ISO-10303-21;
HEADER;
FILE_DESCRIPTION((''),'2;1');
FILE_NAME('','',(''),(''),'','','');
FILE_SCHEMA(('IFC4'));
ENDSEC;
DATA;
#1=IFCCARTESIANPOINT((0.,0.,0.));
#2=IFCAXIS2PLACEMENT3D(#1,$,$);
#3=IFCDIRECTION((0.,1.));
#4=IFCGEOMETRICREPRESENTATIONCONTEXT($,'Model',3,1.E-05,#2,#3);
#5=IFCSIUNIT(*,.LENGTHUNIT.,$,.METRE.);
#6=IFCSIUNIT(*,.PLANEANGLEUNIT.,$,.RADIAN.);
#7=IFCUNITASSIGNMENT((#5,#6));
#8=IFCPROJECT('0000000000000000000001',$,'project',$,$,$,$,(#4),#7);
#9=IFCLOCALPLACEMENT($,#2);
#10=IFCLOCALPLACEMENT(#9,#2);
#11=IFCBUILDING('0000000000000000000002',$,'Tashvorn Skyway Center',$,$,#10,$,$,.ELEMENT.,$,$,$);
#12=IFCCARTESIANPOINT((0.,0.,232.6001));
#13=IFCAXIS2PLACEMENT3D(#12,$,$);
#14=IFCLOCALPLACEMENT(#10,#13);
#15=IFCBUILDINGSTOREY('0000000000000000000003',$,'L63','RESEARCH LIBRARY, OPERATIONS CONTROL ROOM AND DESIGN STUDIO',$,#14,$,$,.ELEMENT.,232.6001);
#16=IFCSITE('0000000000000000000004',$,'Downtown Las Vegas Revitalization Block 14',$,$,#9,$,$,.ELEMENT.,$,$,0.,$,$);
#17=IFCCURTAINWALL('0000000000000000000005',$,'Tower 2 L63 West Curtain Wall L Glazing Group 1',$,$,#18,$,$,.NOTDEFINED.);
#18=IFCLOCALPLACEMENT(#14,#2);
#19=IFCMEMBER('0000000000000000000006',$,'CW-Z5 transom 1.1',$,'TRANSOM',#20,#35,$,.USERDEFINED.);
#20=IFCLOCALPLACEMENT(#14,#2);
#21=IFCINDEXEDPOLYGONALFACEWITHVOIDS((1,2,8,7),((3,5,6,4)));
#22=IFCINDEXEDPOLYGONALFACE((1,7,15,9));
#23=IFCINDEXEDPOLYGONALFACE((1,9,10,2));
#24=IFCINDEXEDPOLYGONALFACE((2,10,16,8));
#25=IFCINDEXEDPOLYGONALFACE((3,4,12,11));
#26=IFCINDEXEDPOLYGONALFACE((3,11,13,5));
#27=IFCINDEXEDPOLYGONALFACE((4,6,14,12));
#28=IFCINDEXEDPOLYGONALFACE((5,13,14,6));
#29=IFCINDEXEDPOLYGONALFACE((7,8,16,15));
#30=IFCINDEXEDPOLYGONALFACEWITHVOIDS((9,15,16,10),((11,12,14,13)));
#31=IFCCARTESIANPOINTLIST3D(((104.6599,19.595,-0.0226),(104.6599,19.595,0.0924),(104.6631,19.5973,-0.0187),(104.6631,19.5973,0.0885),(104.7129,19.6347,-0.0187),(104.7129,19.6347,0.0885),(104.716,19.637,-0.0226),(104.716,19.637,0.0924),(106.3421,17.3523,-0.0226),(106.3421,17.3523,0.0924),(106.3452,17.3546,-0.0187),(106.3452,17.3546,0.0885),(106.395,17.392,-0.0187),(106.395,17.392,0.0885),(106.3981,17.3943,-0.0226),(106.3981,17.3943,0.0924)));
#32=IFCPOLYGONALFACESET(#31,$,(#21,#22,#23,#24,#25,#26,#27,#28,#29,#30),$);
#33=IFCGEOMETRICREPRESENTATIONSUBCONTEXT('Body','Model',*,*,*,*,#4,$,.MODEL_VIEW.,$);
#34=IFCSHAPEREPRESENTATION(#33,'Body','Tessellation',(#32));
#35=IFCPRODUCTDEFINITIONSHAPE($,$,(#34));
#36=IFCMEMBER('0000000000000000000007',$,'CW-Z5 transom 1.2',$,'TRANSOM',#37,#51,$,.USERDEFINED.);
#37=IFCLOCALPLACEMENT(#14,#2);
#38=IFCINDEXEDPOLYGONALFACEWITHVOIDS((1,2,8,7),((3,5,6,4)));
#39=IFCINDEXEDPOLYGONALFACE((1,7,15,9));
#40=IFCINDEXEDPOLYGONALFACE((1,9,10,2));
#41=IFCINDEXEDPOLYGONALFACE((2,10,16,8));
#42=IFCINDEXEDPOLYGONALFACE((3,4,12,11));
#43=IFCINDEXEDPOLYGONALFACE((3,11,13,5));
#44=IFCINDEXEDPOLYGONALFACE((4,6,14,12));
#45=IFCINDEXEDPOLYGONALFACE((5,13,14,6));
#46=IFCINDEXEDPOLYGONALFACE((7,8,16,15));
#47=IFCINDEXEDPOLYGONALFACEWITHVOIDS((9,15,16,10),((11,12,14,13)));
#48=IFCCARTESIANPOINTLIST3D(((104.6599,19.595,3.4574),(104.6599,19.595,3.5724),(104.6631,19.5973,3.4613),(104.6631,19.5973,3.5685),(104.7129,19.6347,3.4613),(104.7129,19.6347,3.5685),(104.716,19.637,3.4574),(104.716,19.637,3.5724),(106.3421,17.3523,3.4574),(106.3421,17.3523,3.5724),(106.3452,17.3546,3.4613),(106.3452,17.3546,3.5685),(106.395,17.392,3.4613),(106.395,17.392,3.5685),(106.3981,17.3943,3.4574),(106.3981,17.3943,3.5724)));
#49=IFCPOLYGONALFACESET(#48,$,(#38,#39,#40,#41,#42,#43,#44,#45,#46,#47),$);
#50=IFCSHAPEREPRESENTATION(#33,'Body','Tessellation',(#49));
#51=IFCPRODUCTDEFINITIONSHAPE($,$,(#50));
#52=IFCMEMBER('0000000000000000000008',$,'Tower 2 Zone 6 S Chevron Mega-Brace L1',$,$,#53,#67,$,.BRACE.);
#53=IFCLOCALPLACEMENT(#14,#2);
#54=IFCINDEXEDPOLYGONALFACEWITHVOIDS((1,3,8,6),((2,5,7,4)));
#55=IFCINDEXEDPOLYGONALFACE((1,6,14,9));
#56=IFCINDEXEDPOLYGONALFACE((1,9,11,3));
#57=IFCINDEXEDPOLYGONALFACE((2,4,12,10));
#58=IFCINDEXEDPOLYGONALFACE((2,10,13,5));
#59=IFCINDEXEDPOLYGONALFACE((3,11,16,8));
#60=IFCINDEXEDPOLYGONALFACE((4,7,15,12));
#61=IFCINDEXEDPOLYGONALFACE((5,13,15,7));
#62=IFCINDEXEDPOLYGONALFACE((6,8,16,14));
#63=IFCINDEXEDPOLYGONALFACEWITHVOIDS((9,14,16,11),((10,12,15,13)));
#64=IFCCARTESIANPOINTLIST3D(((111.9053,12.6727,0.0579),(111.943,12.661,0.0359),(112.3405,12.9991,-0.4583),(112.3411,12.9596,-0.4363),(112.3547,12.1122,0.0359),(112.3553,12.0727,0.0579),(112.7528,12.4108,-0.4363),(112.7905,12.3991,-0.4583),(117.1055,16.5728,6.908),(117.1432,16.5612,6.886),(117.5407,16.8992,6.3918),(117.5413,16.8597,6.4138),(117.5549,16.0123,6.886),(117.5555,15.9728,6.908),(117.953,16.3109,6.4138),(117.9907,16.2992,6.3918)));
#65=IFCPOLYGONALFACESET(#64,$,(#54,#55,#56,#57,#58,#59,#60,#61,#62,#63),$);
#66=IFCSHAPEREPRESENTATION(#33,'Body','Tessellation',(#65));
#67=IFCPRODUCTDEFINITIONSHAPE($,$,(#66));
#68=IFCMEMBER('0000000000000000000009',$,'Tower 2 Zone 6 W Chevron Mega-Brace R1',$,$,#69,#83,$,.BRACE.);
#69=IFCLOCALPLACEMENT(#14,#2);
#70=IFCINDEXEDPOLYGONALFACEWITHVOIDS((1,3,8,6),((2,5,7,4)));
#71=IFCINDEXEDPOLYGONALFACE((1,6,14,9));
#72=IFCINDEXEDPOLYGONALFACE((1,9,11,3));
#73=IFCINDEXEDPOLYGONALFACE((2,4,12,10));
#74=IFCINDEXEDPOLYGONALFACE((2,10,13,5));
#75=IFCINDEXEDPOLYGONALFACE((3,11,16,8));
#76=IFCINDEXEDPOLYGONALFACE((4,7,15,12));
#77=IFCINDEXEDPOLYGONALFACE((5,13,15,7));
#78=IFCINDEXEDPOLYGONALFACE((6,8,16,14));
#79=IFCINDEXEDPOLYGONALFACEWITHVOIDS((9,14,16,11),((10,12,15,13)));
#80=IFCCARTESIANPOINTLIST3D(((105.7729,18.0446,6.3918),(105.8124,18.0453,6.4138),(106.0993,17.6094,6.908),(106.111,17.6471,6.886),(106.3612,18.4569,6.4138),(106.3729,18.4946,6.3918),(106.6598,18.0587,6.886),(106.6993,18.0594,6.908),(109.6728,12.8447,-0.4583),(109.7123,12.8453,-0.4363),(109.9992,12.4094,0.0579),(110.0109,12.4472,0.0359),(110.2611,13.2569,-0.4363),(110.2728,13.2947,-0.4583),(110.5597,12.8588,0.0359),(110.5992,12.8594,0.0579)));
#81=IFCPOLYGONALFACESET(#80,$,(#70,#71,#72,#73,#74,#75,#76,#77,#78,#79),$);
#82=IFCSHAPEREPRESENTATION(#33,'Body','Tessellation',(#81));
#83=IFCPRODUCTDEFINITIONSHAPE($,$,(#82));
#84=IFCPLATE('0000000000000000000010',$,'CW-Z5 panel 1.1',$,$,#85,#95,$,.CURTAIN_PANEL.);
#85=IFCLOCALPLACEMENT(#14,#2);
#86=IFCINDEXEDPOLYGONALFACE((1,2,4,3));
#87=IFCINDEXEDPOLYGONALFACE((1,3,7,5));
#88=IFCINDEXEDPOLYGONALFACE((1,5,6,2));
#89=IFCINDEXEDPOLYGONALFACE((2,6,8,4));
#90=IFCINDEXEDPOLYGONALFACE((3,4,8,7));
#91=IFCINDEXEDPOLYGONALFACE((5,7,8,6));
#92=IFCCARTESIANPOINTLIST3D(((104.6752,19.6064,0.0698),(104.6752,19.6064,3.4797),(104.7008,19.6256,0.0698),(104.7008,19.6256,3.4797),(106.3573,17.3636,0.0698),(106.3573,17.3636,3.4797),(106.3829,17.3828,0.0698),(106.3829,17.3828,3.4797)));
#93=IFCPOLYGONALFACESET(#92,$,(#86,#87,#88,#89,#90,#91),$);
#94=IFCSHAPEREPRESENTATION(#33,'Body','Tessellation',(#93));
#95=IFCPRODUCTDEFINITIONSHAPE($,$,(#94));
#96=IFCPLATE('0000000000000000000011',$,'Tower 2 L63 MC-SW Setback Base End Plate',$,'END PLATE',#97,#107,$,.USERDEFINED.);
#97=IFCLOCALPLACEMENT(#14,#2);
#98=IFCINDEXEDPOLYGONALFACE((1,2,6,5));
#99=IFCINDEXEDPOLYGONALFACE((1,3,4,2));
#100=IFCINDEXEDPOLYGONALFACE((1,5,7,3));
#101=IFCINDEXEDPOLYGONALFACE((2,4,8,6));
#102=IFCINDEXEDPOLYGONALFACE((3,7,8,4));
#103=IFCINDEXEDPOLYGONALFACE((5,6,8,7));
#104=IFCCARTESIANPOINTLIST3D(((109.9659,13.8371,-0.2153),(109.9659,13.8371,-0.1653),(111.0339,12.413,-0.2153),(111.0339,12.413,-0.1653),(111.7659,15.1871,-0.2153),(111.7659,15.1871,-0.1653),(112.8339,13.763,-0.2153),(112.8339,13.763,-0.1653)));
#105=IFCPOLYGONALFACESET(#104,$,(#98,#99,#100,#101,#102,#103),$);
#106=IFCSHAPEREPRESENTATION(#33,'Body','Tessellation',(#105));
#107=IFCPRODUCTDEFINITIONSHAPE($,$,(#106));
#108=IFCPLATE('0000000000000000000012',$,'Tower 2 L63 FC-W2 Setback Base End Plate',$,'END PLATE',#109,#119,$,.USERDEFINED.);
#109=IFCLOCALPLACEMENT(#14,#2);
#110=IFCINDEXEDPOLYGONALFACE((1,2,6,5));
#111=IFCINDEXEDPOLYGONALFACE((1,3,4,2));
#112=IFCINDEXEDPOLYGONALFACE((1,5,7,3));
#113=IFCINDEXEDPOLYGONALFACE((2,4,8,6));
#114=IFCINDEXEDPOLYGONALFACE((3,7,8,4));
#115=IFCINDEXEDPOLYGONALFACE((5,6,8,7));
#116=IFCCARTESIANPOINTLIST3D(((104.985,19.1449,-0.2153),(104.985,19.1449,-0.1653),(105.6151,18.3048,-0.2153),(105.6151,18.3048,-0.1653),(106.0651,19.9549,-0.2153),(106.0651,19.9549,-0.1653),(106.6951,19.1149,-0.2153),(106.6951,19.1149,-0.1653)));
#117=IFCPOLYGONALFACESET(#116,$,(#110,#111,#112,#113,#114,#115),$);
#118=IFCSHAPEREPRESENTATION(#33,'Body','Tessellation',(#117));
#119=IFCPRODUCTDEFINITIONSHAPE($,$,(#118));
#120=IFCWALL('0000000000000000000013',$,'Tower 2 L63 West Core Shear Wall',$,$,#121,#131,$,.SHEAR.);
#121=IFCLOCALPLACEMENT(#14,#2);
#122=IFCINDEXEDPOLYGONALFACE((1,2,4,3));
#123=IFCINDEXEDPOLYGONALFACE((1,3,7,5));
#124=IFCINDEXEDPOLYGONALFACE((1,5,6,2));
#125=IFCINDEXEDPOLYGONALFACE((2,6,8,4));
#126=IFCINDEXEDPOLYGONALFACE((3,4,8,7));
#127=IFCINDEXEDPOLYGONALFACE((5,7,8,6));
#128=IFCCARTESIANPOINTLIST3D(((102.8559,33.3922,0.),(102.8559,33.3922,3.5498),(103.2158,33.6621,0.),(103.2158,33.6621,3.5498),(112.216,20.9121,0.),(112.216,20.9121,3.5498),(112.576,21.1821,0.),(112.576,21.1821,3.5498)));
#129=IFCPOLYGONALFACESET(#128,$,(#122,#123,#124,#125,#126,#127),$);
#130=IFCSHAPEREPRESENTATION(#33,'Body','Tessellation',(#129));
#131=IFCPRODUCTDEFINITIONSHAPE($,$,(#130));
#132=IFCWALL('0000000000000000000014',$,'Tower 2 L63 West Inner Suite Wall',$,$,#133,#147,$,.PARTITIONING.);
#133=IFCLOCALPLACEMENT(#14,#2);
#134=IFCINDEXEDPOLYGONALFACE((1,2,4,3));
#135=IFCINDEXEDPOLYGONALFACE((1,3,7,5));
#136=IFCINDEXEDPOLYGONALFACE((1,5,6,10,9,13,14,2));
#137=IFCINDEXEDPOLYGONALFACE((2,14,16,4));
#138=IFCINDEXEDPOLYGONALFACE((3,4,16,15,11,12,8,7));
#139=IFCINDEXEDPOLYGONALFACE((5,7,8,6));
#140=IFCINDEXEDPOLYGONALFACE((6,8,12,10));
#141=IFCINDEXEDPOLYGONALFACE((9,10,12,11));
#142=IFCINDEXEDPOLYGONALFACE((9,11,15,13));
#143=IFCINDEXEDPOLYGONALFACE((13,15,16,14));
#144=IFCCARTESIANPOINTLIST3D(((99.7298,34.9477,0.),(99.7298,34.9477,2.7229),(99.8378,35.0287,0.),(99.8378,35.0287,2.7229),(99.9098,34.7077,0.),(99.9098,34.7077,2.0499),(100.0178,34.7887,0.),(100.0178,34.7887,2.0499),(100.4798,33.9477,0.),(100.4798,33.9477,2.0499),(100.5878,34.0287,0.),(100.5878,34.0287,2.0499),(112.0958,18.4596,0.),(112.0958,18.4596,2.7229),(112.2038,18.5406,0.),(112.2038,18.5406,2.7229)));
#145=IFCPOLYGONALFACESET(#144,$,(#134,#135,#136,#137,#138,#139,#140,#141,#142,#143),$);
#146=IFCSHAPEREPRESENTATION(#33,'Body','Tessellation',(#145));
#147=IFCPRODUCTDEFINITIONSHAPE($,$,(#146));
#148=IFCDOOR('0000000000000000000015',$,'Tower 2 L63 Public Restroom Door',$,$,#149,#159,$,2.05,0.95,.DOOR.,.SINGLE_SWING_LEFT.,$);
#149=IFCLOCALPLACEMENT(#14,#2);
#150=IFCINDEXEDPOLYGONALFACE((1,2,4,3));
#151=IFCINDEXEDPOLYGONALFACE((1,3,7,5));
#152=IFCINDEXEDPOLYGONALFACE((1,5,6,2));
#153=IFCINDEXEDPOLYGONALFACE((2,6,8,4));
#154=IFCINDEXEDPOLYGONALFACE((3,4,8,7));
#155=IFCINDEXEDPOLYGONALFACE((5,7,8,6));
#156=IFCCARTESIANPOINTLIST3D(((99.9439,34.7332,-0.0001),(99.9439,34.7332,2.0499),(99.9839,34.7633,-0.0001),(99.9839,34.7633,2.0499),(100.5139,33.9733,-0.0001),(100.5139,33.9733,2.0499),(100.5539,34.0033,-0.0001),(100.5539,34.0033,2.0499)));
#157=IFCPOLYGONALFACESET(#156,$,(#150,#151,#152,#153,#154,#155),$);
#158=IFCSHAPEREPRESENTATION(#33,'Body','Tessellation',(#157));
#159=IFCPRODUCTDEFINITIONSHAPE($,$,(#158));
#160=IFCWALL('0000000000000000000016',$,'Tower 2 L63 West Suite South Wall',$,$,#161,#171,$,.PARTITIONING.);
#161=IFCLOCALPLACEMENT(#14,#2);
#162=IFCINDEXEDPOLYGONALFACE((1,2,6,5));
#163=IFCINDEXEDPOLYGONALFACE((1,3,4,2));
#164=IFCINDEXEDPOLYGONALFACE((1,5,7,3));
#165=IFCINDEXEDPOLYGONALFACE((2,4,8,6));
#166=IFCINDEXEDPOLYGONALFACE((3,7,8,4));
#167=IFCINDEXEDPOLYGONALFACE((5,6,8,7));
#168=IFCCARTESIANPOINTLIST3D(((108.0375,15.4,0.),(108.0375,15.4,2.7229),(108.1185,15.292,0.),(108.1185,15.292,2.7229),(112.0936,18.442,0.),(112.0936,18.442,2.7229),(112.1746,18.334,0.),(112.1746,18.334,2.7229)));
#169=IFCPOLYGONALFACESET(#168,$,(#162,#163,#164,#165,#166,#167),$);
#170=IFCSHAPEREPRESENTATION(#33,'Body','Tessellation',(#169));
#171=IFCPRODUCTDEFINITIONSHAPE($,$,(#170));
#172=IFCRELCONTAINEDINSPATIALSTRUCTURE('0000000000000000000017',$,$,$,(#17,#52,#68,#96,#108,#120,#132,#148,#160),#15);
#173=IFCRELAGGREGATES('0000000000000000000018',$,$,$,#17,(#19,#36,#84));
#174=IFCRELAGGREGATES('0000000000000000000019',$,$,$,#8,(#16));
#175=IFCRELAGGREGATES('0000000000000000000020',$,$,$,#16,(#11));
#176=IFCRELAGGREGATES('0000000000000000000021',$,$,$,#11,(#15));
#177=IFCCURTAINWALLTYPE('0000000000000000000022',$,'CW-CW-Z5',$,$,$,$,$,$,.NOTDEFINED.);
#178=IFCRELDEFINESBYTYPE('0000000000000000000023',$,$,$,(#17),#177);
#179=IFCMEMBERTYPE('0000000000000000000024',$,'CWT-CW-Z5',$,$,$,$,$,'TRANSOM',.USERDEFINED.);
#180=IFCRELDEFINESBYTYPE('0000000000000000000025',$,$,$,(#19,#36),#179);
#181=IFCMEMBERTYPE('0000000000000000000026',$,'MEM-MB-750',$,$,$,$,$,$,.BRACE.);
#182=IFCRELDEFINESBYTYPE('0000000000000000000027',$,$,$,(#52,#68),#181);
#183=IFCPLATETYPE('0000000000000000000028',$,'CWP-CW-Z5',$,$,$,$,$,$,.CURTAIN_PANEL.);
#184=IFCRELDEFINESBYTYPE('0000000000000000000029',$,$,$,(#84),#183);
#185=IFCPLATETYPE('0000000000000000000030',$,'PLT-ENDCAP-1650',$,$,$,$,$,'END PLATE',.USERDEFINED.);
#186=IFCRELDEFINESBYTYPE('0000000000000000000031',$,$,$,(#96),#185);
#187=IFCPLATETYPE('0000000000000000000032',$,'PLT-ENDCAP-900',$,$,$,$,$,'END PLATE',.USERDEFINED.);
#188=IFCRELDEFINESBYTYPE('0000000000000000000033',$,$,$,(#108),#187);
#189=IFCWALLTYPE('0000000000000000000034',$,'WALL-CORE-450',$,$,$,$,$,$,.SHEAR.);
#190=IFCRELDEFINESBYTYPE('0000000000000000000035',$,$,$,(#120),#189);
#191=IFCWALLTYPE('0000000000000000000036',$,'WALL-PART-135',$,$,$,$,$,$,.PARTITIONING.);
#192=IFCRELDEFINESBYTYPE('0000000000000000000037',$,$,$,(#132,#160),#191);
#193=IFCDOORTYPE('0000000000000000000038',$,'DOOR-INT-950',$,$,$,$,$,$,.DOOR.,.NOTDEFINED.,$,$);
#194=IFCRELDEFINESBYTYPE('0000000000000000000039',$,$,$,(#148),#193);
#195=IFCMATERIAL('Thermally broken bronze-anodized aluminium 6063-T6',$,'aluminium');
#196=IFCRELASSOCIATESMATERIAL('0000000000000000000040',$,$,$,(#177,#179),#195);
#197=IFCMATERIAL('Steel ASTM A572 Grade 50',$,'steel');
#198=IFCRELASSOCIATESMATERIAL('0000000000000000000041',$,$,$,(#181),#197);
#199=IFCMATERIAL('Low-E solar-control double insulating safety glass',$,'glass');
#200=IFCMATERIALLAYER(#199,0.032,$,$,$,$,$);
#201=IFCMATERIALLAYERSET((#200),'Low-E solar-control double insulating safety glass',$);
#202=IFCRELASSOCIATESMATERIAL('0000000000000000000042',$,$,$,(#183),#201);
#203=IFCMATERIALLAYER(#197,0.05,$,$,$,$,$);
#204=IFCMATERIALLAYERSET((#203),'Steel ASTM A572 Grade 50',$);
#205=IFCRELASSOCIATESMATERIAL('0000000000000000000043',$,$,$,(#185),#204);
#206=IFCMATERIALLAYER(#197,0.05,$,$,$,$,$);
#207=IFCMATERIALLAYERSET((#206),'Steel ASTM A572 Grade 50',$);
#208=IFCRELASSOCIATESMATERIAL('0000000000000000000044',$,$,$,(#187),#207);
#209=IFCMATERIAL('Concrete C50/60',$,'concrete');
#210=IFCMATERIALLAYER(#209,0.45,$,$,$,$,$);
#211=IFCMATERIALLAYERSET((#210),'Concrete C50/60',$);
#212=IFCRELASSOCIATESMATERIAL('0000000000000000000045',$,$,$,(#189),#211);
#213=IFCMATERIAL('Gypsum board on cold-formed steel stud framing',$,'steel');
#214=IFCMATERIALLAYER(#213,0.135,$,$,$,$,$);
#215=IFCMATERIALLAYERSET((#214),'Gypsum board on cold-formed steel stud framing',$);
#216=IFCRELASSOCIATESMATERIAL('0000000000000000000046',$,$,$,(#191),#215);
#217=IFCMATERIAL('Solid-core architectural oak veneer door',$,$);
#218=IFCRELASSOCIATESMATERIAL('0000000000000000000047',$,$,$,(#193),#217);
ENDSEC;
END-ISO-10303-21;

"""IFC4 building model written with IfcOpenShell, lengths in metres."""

from ifc_helpers import new_model, si_unit, direction, frame, frame_2d, origin, origin_2d, place, context, subcontext, project, spatial, rectangle, hollow_rectangle, extrude, material, layer, layer_set, material_profile, profile_set, type_object, element, fill, aggregate, save


model = new_model("IFC4")

# Units and contexts
model_context = context("Model", 3, precision=1e-05, world=origin(), true_north=direction((0.0, 1.0)))
body_context = subcontext(model_context, "Body", "Model", "MODEL_VIEW")
ifc_project = project(units=[si_unit("LENGTHUNIT", "METRE"), si_unit("PLANEANGLEUNIT", "RADIAN")], contexts=[model_context])

# Site, building, storey
site_placement = place(None, origin())
site = spatial("IfcSite", under=ifc_project, at=site_placement, Name="Downtown Las Vegas Revitalization Block 14", CompositionType="ELEMENT", RefElevation=0.0)
building_placement = place(site_placement, origin())
building = spatial("IfcBuilding", under=site, at=building_placement, Name="Tashvorn Skyway Center", CompositionType="ELEMENT")
storey_placement = place(building_placement, frame((0.0, 0.0, 232.6001)))
storey = spatial("IfcBuildingStorey", under=building, at=storey_placement, Name="L63", Description="RESEARCH LIBRARY, OPERATIONS CONTROL ROOM AND DESIGN STUDIO", CompositionType="ELEMENT", Elevation=232.6001)

# Shared definitions
ifc_material_1 = material(Name="Steel ASTM A572 Grade 50", Category="steel")

# Shared definitions
ifc_material_2 = material(Name="Concrete C50/60", Category="concrete")

# Curtain wall, members
ifc_material_3 = material(Name="Thermally broken bronze-anodized aluminium 6063-T6", Category="aluminium")
curtain_wall_type = type_object("IfcCurtainWallType", Name="CW-CW-Z5", PredefinedType="NOTDEFINED", material=ifc_material_3)
curtain_wall_placement = place(storey_placement, origin())
curtain_wall = element("IfcCurtainWall", 1, at=curtain_wall_placement, inside=storey, type_object=curtain_wall_type, Name="Tower 2 L63 West Curtain Wall L Glazing Group 1", PredefinedType="NOTDEFINED")
ifc_material_profile_1 = material_profile(ifc_material_3, hollow_rectangle(XDim=0.0701, YDim=0.115, WallThickness=0.0039, at=origin_2d()), Name="ALU-TRAN-70x115")
ifc_profile_set_1 = profile_set([ifc_material_profile_1], Name="Thermally broken bronze-anodized aluminium 6063-T6")
member_type_1 = type_object("IfcMemberType", Name="CWT-CW-Z5", ElementType="TRANSOM", PredefinedType="USERDEFINED", material=ifc_profile_set_1)
member_1_placement = place(storey_placement, frame((106.3701, 17.3733, 0.0349), z_axis=(-0.600028, 0.799979, 0.0), x_axis=(-0.799979, -0.600028, 0.0)))
member_1 = element("IfcMember", 2, at=member_1_placement, type_object=member_type_1, Name="CW-Z5 transom 1.1", ObjectType="TRANSOM", PredefinedType="USERDEFINED", context=body_context, shape_type="SweptSolid", body=[
    extrude(hollow_rectangle(XDim=0.0701, YDim=0.115, WallThickness=0.0039, at=origin_2d()), origin(), (0.0, 0.0, 1.0), 2.8035),
])
member_2_placement = place(storey_placement, frame((106.3701, 17.3733, 3.5149), z_axis=(-0.600028, 0.799979, 0.0), x_axis=(-0.799979, -0.600028, 0.0)))
member_2 = element("IfcMember", 3, at=member_2_placement, type_object=member_type_1, Name="CW-Z5 transom 1.2", ObjectType="TRANSOM", PredefinedType="USERDEFINED", context=body_context, shape_type="SweptSolid", body=[
    extrude(hollow_rectangle(XDim=0.0701, YDim=0.115, WallThickness=0.0039, at=origin_2d()), origin(), (0.0, 0.0, 1.0), 2.8035),
])

# Members
ifc_material_profile_2 = material_profile(ifc_material_1, hollow_rectangle(XDim=0.75, YDim=0.75, WallThickness=0.032, at=origin_2d()), Name="BOX750x750x32")
ifc_profile_set_2 = profile_set([ifc_material_profile_2], Name="Steel ASTM A572 Grade 50")
member_type_2 = type_object("IfcMemberType", Name="MEM-MB-750", PredefinedType="BRACE", material=ifc_profile_set_2)
member_3_placement = place(storey_placement, frame((112.3479, 12.5359, -0.2002), z_axis=(0.550672, 0.413004, 0.725388), x_axis=(-0.6, 0.8, 0.0)))
element("IfcMember", 4, at=member_3_placement, inside=storey, type_object=member_type_2, Name="Tower 2 Zone 6 S Chevron Mega-Brace L1", PredefinedType="BRACE", context=body_context, shape_type="SweptSolid", body=[
    extrude(hollow_rectangle(XDim=0.75, YDim=0.75, WallThickness=0.032, at=origin_2d()), origin(), (0.0, 0.0, 1.0), 9.4434),
])
member_4_placement = place(storey_placement, frame((110.136, 12.8521, -0.2002), z_axis=(-0.412989, 0.55066, 0.725406), x_axis=(-0.800005, -0.599994, 0.0)))
element("IfcMember", 5, at=member_4_placement, inside=storey, type_object=member_type_2, Name="Tower 2 Zone 6 W Chevron Mega-Brace R1", PredefinedType="BRACE", context=body_context, shape_type="SweptSolid", body=[
    extrude(hollow_rectangle(XDim=0.75, YDim=0.75, WallThickness=0.032, at=origin_2d()), origin(), (0.0, 0.0, 1.0), 9.4431),
])

# Plate
ifc_material_4 = material(Name="Low-E solar-control double insulating safety glass", Category="glass")
ifc_layer_1 = layer(ifc_material_4, 0.032)
ifc_layer_set_1 = layer_set([ifc_layer_1], Name="Low-E solar-control double insulating safety glass")
plate_type_1 = type_object("IfcPlateType", Name="CWP-CW-Z5", PredefinedType="CURTAIN_PANEL", material=ifc_layer_set_1)
plate_1_placement = place(storey_placement, frame((105.5291, 18.4946, 0.0698), z_axis=(0.0, 0.0, 1.0), x_axis=(-0.599995, 0.800004, 0.0)))
plate_1 = element("IfcPlate", 6, at=plate_1_placement, type_object=plate_type_1, Name="CW-Z5 panel 1.1", PredefinedType="CURTAIN_PANEL", context=body_context, shape_type="SweptSolid", body=[
    extrude(rectangle(XDim=2.8035, YDim=0.032, at=origin_2d()), origin(), (0.0, 0.0, 1.0), 3.4099),
])
aggregate(curtain_wall, [member_1, member_2, plate_1])

# Plates
ifc_layer_2 = layer(ifc_material_1, 0.05)
ifc_layer_set_2 = layer_set([ifc_layer_2], Name="Steel ASTM A572 Grade 50")
plate_type_2 = type_object("IfcPlateType", Name="PLT-ENDCAP-1650", ElementType="END PLATE", PredefinedType="USERDEFINED", material=ifc_layer_set_2)
plate_2_placement = place(storey_placement, frame((111.3999, 13.8, -0.2153), z_axis=(0.0, 0.0, 1.0), x_axis=(0.8, 0.6, 0.0)))
element("IfcPlate", 7, at=plate_2_placement, inside=storey, type_object=plate_type_2, Name="Tower 2 L63 MC-SW Setback Base End Plate", ObjectType="END PLATE", PredefinedType="USERDEFINED", context=body_context, shape_type="SweptSolid", body=[
    extrude(rectangle(XDim=2.25, YDim=1.78, at=origin_2d()), origin(), (0.0, 0.0, 1.0), 0.05),
])
ifc_layer_3 = layer(ifc_material_1, 0.05)
ifc_layer_set_3 = layer_set([ifc_layer_3], Name="Steel ASTM A572 Grade 50")
plate_type_3 = type_object("IfcPlateType", Name="PLT-ENDCAP-900", ElementType="END PLATE", PredefinedType="USERDEFINED", material=ifc_layer_set_3)
plate_3_placement = place(storey_placement, frame((105.8401, 19.1299, -0.2153), z_axis=(0.0, 0.0, 1.0), x_axis=(0.8, 0.6, 0.0)))
element("IfcPlate", 8, at=plate_3_placement, inside=storey, type_object=plate_type_3, Name="Tower 2 L63 FC-W2 Setback Base End Plate", ObjectType="END PLATE", PredefinedType="USERDEFINED", context=body_context, shape_type="SweptSolid", body=[
    extrude(rectangle(XDim=1.3501, YDim=1.05, at=origin_2d()), origin(), (0.0, 0.0, 1.0), 0.05),
])

# Wall
ifc_layer_4 = layer(ifc_material_2, 0.45)
ifc_layer_set_4 = layer_set([ifc_layer_4], Name="Concrete C50/60")
wall_type_1 = type_object("IfcWallType", Name="WALL-CORE-450", PredefinedType="SHEAR", material=ifc_layer_set_4)
wall_1_placement = place(storey_placement, frame((112.396, 21.0471, 0.0), z_axis=(0.0, 0.0, 1.0), x_axis=(-0.600005, 0.799996, 0.0)))
element("IfcWall", 9, at=wall_1_placement, inside=storey, type_object=wall_type_1, Name="Tower 2 L63 West Core Shear Wall", PredefinedType="SHEAR", context=body_context, shape_type="SweptSolid", body=[
    extrude(rectangle(XDim=15.6001, YDim=0.45, at=frame_2d((7.8, 0.0))), origin(), (0.0, 0.0, 1.0), 3.5498),
])

# Wall, opening, door
ifc_material_5 = material(Name="Gypsum board on cold-formed steel stud framing", Category="steel")
ifc_layer_5 = layer(ifc_material_5, 0.135)
ifc_layer_set_5 = layer_set([ifc_layer_5], Name="Gypsum board on cold-formed steel stud framing")
wall_type_2 = type_object("IfcWallType", Name="WALL-PART-135", PredefinedType="PARTITIONING", material=ifc_layer_set_5)
wall_2_placement = place(storey_placement, frame((112.1499, 18.5, 0.0), z_axis=(0.0, 0.0, 1.0), x_axis=(-0.599998, 0.800001, 0.0)))
wall_2 = element("IfcWall", 10, at=wall_2_placement, inside=storey, type_object=wall_type_2, Name="Tower 2 L63 West Inner Suite Wall", PredefinedType="PARTITIONING", context=body_context, shape_type="SweptSolid", body=[
    extrude(rectangle(XDim=20.6101, YDim=0.135, at=frame_2d((10.3052, 0.0))), origin(), (0.0, 0.0, 1.0), 2.7229),
])
opening_1_placement = place(wall_2_placement, frame((19.3601, 0.0, 0.0)))
opening_1 = element("IfcOpeningElement", 11, at=opening_1_placement, cuts=wall_2, PredefinedType="OPENING", context=body_context, shape_type="SweptSolid", body=[
    extrude(rectangle(XDim=0.95, YDim=2.05, at=frame_2d((0.4751, 1.0249))), frame((0.0, 0.0774, 0.0), z_axis=(0.0, -1.0, 0.0), x_axis=(1.0, 0.0, 0.0)), (0.0, 0.0, 1.0), 0.155),
])
ifc_material_6 = material(Name="Solid-core architectural oak veneer door")
door_type_1 = type_object("IfcDoorType", Name="DOOR-INT-950", OperationType="NOTDEFINED", PredefinedType="DOOR", material=ifc_material_6)
door_1_placement = place(opening_1_placement, origin())
door_1 = element("IfcDoor", 12, at=door_1_placement, inside=storey, type_object=door_type_1, Name="Tower 2 L63 Public Restroom Door", OperationType="SINGLE_SWING_LEFT", OverallHeight=2.05, OverallWidth=0.95, PredefinedType="DOOR", context=body_context, shape_type="SweptSolid", body=[
    extrude(rectangle(XDim=0.95, YDim=2.05, at=frame_2d((0.4751, 1.0249))), frame((0.0, 0.0249, 0.0), z_axis=(0.0, -1.0, 0.0), x_axis=(1.0, 0.0, 0.0)), (0.0, 0.0, 1.0), 0.05),
])
fill(opening_1, door_1)

# Wall
wall_3_placement = place(storey_placement, frame((108.0779, 15.3459, 0.0), z_axis=(0.0, 0.0, 1.0), x_axis=(0.800012, 0.599985, 0.0)))
element("IfcWall", 13, at=wall_3_placement, inside=storey, type_object=wall_type_2, Name="Tower 2 L63 West Suite South Wall", PredefinedType="PARTITIONING", context=body_context, shape_type="SweptSolid", body=[
    extrude(rectangle(XDim=5.0701, YDim=0.135, at=frame_2d((2.5352, 0.0))), origin(), (0.0, 0.0, 1.0), 2.7229),
])

save(model, "model.ifc")
